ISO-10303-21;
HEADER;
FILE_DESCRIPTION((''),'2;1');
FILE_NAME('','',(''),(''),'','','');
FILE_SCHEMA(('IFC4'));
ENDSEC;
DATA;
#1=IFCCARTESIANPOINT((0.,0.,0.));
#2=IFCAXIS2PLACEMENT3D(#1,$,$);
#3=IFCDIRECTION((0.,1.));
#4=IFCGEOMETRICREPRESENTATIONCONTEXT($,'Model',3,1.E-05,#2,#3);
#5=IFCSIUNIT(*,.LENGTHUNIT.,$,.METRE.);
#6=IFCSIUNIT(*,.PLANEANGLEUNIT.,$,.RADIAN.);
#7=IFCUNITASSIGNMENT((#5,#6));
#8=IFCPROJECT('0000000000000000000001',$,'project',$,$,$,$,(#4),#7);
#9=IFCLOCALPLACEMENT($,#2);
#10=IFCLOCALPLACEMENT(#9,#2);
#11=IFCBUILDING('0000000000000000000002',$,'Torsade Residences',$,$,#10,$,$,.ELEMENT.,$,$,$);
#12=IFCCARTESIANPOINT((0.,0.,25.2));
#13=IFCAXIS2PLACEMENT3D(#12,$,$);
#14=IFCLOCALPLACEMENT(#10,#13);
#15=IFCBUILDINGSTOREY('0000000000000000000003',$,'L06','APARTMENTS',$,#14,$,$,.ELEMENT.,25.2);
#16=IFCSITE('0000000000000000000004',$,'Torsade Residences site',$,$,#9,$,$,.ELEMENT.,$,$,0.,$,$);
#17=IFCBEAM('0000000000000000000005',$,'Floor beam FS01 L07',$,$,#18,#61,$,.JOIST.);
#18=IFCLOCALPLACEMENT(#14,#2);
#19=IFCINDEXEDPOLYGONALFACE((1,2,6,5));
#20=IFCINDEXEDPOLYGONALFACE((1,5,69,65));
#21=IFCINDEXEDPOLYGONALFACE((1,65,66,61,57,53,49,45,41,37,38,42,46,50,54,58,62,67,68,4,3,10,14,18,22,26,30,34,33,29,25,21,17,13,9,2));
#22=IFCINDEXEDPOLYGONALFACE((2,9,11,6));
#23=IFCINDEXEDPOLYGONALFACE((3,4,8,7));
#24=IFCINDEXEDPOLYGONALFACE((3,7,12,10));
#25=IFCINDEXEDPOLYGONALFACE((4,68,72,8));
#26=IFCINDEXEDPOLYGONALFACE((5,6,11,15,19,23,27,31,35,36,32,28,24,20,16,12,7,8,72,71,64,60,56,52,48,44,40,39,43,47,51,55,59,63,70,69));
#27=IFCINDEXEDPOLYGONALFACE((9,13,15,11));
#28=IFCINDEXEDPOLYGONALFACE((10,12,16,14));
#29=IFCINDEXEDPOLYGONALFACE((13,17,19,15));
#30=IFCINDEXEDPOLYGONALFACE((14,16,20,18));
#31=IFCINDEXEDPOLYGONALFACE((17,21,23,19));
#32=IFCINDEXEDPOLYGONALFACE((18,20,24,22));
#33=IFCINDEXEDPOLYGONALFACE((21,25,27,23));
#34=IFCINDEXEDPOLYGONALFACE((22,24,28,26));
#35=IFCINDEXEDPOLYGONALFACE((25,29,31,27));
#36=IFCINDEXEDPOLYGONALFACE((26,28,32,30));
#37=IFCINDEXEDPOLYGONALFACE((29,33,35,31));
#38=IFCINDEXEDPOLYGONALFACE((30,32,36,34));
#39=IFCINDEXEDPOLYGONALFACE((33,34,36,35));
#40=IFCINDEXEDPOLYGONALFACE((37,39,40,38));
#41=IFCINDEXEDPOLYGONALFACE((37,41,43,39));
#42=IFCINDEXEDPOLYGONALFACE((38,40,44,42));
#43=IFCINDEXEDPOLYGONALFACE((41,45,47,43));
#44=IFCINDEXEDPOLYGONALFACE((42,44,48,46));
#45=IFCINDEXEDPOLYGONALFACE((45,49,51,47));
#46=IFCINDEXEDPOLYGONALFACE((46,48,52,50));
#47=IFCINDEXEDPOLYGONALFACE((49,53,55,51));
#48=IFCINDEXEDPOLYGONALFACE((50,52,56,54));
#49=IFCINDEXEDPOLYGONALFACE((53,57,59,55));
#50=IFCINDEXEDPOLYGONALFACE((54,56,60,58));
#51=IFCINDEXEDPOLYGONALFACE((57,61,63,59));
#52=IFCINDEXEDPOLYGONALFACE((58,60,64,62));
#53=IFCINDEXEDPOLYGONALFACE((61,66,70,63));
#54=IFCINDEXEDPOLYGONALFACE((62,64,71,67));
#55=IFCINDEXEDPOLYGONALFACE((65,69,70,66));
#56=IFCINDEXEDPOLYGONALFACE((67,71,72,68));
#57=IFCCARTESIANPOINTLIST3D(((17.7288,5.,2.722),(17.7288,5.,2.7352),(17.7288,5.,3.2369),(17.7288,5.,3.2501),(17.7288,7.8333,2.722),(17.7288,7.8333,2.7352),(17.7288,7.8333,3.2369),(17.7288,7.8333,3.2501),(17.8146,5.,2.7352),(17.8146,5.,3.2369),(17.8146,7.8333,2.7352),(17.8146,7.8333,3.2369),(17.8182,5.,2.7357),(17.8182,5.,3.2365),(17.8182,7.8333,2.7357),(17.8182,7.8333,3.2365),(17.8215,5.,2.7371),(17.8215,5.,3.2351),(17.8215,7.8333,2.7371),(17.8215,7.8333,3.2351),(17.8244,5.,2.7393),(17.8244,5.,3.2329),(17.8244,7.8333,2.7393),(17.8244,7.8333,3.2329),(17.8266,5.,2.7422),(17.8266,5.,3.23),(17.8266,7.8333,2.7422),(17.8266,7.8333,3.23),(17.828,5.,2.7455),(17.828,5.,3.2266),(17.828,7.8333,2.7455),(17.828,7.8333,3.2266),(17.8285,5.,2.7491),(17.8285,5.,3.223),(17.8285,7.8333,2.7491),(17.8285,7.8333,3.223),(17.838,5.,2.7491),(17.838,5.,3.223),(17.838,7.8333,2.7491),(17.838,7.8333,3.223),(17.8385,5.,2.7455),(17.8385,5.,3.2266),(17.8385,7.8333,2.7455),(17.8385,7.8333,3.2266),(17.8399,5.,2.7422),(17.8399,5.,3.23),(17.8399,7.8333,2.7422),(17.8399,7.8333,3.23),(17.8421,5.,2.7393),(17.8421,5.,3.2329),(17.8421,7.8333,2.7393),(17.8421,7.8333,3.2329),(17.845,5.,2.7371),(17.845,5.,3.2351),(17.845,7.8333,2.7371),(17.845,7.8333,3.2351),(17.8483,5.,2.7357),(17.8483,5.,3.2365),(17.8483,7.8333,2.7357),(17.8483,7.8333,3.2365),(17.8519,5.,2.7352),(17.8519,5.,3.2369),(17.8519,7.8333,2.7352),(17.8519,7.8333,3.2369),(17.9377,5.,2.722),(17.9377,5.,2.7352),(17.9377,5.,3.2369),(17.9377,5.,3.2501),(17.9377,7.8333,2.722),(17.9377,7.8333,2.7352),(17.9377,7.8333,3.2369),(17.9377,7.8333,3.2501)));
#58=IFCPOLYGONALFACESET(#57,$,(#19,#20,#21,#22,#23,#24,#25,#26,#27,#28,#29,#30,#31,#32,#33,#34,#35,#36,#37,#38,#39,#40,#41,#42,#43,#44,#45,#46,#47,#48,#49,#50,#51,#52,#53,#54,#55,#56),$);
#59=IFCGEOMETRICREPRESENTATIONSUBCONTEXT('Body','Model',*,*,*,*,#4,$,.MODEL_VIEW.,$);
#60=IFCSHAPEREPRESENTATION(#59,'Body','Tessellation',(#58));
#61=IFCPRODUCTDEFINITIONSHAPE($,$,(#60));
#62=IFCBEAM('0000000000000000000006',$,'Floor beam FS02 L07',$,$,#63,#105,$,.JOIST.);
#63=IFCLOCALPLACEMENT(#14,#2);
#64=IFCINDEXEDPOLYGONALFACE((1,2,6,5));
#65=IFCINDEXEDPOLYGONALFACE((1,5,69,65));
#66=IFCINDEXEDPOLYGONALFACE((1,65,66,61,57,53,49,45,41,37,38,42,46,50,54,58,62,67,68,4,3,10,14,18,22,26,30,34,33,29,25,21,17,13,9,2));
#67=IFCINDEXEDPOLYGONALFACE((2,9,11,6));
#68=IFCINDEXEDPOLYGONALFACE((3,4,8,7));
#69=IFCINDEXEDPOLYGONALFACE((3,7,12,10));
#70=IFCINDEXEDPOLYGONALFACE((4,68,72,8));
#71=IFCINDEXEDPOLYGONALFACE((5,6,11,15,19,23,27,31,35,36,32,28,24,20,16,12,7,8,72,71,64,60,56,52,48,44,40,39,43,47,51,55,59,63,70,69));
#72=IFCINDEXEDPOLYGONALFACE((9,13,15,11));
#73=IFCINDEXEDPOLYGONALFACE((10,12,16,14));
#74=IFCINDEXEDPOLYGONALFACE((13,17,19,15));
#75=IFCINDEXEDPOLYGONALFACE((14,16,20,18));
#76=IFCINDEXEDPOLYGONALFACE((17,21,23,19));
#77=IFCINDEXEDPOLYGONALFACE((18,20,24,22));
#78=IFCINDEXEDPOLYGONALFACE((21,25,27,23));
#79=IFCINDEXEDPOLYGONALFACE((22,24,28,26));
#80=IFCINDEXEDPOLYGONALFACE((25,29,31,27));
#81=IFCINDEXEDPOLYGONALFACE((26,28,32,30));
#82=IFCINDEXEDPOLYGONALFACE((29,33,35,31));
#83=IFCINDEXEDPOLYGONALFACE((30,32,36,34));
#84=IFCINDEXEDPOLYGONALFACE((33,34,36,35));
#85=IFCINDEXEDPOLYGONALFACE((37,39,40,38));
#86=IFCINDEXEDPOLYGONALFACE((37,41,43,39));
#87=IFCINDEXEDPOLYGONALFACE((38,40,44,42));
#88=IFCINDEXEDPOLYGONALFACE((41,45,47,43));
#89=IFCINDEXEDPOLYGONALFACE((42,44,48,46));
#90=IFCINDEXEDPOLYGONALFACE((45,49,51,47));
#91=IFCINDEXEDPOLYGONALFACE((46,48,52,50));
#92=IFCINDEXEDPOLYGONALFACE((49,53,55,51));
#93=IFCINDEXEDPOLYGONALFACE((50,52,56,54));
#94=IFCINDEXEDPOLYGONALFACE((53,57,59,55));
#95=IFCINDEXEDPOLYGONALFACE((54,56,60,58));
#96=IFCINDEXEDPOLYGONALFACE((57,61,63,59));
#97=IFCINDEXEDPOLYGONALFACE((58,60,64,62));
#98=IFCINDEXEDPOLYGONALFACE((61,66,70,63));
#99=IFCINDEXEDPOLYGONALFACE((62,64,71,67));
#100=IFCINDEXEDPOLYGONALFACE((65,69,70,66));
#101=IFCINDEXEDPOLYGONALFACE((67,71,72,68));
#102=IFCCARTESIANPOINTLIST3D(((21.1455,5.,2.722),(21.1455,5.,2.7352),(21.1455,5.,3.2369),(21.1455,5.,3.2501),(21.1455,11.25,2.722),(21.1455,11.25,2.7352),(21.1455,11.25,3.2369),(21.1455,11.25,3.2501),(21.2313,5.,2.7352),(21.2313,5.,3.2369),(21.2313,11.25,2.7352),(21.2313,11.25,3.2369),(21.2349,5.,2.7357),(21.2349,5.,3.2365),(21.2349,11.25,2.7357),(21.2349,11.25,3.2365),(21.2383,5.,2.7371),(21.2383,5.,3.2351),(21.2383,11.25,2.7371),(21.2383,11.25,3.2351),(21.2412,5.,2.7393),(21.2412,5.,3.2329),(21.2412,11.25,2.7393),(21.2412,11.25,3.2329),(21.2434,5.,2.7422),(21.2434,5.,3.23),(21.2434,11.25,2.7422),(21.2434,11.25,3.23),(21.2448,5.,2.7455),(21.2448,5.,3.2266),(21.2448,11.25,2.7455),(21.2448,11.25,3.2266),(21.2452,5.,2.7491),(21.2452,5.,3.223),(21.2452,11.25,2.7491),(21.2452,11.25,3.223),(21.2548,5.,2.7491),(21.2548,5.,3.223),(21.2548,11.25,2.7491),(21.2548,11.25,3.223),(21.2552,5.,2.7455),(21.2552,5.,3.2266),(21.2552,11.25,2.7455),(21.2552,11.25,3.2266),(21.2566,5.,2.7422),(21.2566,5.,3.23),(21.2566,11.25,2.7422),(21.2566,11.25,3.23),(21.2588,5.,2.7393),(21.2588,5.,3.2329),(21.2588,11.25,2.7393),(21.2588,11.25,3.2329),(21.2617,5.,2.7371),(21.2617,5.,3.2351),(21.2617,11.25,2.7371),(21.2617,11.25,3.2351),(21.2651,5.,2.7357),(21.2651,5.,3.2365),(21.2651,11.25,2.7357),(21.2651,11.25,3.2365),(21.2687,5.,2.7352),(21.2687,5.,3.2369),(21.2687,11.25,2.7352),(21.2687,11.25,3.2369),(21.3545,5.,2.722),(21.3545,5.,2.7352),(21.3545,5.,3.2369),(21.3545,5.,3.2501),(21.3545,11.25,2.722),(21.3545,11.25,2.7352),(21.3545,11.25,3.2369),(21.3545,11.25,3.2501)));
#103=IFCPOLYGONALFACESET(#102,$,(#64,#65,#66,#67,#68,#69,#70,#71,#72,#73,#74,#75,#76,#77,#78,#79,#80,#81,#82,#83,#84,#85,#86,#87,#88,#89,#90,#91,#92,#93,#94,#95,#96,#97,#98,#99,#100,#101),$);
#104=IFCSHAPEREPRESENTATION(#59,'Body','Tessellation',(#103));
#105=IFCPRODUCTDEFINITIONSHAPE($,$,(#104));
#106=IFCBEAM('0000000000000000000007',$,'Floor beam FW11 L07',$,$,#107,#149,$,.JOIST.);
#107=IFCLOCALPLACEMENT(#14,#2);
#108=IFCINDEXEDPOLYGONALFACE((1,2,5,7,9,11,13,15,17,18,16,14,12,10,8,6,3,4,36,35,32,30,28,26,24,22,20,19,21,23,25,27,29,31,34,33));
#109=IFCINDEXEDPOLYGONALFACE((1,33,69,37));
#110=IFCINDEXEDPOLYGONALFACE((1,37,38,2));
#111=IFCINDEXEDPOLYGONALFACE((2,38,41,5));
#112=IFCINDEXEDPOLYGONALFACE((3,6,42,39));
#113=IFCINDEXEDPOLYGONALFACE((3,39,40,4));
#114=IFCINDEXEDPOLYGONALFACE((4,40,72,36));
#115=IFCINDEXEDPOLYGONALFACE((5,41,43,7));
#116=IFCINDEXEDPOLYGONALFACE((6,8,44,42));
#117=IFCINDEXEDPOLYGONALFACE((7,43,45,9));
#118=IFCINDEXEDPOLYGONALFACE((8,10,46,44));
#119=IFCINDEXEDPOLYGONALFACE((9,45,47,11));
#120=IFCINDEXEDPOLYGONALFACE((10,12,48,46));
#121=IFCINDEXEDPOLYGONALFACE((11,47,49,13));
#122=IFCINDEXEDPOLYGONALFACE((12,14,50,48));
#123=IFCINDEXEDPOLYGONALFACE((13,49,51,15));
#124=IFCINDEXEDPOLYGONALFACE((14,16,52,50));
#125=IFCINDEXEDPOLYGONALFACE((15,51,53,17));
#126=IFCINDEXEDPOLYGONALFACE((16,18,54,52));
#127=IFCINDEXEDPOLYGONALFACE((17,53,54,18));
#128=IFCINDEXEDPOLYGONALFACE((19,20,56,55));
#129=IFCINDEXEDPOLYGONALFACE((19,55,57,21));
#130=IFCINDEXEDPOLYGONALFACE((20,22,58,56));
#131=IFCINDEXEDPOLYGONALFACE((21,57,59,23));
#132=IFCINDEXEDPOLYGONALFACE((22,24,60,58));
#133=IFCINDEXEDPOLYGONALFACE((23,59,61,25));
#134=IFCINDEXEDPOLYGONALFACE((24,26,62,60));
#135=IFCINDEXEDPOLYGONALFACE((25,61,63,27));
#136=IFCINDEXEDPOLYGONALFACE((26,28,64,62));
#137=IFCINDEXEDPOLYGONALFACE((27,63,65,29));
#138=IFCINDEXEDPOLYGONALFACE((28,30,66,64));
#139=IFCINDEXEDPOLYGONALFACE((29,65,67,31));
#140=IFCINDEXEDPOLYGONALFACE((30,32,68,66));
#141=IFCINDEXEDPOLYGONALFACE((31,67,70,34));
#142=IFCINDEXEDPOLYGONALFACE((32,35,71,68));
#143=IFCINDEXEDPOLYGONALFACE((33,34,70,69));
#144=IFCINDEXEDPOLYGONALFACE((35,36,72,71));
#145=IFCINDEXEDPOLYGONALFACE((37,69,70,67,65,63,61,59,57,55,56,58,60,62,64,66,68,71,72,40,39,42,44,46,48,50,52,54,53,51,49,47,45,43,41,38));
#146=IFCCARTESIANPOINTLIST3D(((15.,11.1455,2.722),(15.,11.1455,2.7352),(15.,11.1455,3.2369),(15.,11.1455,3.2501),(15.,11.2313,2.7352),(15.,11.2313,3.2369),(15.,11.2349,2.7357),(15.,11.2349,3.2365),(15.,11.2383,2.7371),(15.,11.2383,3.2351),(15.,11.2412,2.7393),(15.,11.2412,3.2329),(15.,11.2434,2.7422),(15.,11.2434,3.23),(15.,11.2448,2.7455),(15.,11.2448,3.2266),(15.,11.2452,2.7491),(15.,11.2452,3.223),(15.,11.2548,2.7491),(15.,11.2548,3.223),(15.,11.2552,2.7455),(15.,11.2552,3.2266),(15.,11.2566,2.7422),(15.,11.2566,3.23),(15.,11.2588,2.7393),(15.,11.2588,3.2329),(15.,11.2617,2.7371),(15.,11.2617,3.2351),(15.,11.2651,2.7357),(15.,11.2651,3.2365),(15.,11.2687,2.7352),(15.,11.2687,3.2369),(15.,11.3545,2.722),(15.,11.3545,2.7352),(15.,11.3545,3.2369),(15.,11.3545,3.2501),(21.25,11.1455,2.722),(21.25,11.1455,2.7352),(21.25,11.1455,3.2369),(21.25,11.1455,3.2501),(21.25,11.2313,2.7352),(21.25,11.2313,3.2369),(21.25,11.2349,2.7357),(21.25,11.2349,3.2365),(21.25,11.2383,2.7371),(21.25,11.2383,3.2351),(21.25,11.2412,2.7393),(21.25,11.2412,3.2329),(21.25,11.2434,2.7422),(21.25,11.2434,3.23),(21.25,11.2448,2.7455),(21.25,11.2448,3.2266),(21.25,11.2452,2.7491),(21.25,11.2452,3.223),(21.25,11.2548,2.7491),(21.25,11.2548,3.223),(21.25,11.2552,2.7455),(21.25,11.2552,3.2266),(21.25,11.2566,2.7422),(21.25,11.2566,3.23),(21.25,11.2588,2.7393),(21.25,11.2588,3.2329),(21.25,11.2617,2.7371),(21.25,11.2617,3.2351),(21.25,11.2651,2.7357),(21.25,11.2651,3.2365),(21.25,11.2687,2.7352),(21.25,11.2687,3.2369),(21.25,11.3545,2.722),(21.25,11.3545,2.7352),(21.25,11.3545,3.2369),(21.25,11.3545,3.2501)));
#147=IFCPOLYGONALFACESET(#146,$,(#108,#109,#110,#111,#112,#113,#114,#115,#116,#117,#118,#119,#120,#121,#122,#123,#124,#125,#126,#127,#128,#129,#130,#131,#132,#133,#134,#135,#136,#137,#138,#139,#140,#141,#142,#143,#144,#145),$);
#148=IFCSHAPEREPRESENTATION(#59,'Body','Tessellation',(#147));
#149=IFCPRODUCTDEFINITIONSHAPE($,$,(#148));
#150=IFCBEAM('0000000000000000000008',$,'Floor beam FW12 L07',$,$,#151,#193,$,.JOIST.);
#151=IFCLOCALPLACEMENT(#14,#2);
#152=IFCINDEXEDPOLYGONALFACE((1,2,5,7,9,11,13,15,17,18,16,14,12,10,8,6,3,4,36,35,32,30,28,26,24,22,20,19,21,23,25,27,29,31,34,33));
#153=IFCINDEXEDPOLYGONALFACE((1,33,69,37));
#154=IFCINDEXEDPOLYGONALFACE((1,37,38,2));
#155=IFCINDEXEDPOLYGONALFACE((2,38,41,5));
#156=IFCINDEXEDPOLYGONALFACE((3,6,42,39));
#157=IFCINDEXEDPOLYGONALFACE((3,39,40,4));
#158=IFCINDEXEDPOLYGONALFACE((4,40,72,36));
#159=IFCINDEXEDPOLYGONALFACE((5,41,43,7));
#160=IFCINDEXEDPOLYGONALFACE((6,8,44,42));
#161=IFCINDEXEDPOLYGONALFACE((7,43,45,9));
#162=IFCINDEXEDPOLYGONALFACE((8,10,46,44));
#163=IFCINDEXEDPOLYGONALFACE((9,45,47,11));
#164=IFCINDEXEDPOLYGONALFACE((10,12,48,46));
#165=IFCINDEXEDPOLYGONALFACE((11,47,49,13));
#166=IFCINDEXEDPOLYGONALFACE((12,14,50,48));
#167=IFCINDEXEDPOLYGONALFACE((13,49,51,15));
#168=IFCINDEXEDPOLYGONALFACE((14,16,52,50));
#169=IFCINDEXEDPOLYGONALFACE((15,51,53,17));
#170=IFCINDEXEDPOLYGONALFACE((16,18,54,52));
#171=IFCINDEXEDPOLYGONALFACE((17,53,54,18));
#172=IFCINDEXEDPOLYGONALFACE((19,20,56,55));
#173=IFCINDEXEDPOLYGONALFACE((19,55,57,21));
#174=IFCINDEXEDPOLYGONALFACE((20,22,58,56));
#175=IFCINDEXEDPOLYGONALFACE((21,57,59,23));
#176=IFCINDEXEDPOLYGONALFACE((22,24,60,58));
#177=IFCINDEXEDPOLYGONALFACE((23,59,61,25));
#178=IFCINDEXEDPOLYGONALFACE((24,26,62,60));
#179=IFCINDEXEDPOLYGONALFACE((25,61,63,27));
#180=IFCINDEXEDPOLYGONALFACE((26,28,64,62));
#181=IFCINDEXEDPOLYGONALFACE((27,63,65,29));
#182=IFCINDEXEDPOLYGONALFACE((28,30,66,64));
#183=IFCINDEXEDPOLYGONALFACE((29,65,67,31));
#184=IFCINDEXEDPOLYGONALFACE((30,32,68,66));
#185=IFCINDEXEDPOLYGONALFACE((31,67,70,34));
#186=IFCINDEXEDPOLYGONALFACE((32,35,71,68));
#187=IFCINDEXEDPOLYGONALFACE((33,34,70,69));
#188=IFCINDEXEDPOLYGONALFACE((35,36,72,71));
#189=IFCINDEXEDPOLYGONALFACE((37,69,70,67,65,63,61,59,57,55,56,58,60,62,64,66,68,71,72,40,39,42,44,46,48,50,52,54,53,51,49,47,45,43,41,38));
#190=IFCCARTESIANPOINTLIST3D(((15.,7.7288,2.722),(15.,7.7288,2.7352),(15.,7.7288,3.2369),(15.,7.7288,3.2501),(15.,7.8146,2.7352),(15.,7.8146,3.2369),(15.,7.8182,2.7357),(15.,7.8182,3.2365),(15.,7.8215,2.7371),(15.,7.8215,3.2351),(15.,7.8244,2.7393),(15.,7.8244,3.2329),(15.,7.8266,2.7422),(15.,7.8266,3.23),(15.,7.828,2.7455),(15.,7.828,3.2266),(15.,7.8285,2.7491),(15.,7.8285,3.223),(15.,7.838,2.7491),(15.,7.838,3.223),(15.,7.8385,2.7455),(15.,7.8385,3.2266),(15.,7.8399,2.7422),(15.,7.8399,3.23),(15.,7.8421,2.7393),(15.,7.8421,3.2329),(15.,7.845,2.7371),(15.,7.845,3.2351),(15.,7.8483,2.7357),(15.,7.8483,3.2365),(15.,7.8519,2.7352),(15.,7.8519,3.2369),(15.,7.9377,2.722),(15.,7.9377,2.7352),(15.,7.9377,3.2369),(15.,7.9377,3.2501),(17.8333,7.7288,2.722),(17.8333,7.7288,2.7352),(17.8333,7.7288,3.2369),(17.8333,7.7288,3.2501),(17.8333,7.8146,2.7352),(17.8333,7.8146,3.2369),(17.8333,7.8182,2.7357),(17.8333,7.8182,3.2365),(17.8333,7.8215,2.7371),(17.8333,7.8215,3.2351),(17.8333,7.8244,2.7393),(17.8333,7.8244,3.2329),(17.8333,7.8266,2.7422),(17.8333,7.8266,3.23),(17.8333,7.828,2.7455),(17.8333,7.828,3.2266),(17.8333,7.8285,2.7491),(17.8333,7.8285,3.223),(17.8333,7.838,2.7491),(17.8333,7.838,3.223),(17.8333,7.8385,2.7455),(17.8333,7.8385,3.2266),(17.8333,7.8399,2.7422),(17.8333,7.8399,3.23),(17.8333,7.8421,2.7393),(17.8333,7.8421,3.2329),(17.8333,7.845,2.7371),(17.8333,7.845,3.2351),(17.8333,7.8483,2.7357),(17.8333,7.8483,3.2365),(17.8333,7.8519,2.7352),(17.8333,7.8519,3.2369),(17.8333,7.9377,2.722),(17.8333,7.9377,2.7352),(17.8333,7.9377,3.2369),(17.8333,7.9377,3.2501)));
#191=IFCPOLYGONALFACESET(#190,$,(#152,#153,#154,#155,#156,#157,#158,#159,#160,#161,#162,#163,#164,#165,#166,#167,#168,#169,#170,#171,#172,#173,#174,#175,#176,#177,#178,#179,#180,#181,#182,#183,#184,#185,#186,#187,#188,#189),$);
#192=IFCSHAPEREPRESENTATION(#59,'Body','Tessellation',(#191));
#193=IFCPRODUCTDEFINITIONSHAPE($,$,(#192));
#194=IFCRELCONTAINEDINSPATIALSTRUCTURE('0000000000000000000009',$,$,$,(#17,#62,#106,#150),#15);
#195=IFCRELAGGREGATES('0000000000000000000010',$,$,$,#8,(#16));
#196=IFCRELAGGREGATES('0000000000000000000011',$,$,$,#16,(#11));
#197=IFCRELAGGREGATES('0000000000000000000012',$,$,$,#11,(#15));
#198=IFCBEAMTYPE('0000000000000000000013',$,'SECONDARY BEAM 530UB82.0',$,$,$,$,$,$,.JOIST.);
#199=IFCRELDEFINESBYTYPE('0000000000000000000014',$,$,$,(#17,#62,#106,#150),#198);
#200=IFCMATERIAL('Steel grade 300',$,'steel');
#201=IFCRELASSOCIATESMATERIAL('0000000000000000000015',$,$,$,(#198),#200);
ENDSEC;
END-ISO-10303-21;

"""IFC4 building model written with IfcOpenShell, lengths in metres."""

from ifc_helpers import new_model, si_unit, direction, frame, origin, origin_2d, place, context, subcontext, project, spatial, i_section, extrude, material, material_profile, profile_set, type_object, element, save


model = new_model("IFC4")

# Units and contexts
model_context = context("Model", 3, precision=1e-05, world=origin(), true_north=direction((0.0, 1.0)))
body_context = subcontext(model_context, "Body", "Model", "MODEL_VIEW")
ifc_project = project(units=[si_unit("LENGTHUNIT", "METRE"), si_unit("PLANEANGLEUNIT", "RADIAN")], contexts=[model_context])

# Site, building, storey
site_placement = place(None, origin())
site = spatial("IfcSite", under=ifc_project, at=site_placement, Name="Torsade Residences site", CompositionType="ELEMENT", RefElevation=0.0)
building_placement = place(site_placement, origin())
building = spatial("IfcBuilding", under=site, at=building_placement, Name="Torsade Residences", CompositionType="ELEMENT")
storey_placement = place(building_placement, frame((0.0, 0.0, 25.2)))
storey = spatial("IfcBuildingStorey", under=building, at=storey_placement, Name="L06", Description="APARTMENTS", CompositionType="ELEMENT", Elevation=25.2)

# Beams
ifc_material_1 = material(Name="Steel grade 300", Category="steel")
ifc_material_profile_1 = material_profile(ifc_material_1, i_section(OverallWidth=0.209, OverallDepth=0.5281, WebThickness=0.0095, FlangeThickness=0.0132, FilletRadius=0.0139, at=origin_2d()), Name="530UB82.0")
ifc_profile_set_1 = profile_set([ifc_material_profile_1], Name="Steel grade 300")
beam_type_1 = type_object("IfcBeamType", Name="SECONDARY BEAM 530UB82.0", PredefinedType="JOIST", material=ifc_profile_set_1)
beam_1_placement = place(storey_placement, frame((17.8333, 5.0, 2.9861), z_axis=(0.0, 1.0, 0.0), x_axis=(-1.0, 0.0, 0.0)))
element("IfcBeam", 1, at=beam_1_placement, inside=storey, type_object=beam_type_1, Name="Floor beam FS01 L07", PredefinedType="JOIST", context=body_context, shape_type="SweptSolid", body=[
    extrude(i_section(OverallWidth=0.209, OverallDepth=0.5281, WebThickness=0.0095, FlangeThickness=0.0132, FilletRadius=0.0139, at=origin_2d()), origin(), (0.0, 0.0, 1.0), 2.8333),
])
for number, where, z_axis, x_axis, name in (
    (2, (21.25, 5.0, 2.9861), (0.0, 1.0, 0.0), (-1.0, 0.0, 0.0), "Floor beam FS02 L07"),
    (3, (15.0, 11.25, 2.9861), (1.0, 0.0, 0.0), (0.0, 1.0, 0.0), "Floor beam FW11 L07"),
):
    element("IfcBeam", number, at=place(storey_placement, frame(where, z_axis=z_axis, x_axis=x_axis)), inside=storey, type_object=beam_type_1, Name=name, PredefinedType="JOIST", context=body_context, shape_type="SweptSolid", body=[
        extrude(i_section(OverallWidth=0.209, OverallDepth=0.5281, WebThickness=0.0095, FlangeThickness=0.0132, FilletRadius=0.0139, at=origin_2d()), origin(), (0.0, 0.0, 1.0), 6.25),
    ])
beam_2_placement = place(storey_placement, frame((15.0, 7.8333, 2.9861), z_axis=(1.0, 0.0, 0.0), x_axis=(0.0, 1.0, 0.0)))
element("IfcBeam", 4, at=beam_2_placement, inside=storey, type_object=beam_type_1, Name="Floor beam FW12 L07", PredefinedType="JOIST", context=body_context, shape_type="SweptSolid", body=[
    extrude(i_section(OverallWidth=0.209, OverallDepth=0.5281, WebThickness=0.0095, FlangeThickness=0.0132, FilletRadius=0.0139, at=origin_2d()), origin(), (0.0, 0.0, 1.0), 2.8333),
])

save(model, "model.ifc")
